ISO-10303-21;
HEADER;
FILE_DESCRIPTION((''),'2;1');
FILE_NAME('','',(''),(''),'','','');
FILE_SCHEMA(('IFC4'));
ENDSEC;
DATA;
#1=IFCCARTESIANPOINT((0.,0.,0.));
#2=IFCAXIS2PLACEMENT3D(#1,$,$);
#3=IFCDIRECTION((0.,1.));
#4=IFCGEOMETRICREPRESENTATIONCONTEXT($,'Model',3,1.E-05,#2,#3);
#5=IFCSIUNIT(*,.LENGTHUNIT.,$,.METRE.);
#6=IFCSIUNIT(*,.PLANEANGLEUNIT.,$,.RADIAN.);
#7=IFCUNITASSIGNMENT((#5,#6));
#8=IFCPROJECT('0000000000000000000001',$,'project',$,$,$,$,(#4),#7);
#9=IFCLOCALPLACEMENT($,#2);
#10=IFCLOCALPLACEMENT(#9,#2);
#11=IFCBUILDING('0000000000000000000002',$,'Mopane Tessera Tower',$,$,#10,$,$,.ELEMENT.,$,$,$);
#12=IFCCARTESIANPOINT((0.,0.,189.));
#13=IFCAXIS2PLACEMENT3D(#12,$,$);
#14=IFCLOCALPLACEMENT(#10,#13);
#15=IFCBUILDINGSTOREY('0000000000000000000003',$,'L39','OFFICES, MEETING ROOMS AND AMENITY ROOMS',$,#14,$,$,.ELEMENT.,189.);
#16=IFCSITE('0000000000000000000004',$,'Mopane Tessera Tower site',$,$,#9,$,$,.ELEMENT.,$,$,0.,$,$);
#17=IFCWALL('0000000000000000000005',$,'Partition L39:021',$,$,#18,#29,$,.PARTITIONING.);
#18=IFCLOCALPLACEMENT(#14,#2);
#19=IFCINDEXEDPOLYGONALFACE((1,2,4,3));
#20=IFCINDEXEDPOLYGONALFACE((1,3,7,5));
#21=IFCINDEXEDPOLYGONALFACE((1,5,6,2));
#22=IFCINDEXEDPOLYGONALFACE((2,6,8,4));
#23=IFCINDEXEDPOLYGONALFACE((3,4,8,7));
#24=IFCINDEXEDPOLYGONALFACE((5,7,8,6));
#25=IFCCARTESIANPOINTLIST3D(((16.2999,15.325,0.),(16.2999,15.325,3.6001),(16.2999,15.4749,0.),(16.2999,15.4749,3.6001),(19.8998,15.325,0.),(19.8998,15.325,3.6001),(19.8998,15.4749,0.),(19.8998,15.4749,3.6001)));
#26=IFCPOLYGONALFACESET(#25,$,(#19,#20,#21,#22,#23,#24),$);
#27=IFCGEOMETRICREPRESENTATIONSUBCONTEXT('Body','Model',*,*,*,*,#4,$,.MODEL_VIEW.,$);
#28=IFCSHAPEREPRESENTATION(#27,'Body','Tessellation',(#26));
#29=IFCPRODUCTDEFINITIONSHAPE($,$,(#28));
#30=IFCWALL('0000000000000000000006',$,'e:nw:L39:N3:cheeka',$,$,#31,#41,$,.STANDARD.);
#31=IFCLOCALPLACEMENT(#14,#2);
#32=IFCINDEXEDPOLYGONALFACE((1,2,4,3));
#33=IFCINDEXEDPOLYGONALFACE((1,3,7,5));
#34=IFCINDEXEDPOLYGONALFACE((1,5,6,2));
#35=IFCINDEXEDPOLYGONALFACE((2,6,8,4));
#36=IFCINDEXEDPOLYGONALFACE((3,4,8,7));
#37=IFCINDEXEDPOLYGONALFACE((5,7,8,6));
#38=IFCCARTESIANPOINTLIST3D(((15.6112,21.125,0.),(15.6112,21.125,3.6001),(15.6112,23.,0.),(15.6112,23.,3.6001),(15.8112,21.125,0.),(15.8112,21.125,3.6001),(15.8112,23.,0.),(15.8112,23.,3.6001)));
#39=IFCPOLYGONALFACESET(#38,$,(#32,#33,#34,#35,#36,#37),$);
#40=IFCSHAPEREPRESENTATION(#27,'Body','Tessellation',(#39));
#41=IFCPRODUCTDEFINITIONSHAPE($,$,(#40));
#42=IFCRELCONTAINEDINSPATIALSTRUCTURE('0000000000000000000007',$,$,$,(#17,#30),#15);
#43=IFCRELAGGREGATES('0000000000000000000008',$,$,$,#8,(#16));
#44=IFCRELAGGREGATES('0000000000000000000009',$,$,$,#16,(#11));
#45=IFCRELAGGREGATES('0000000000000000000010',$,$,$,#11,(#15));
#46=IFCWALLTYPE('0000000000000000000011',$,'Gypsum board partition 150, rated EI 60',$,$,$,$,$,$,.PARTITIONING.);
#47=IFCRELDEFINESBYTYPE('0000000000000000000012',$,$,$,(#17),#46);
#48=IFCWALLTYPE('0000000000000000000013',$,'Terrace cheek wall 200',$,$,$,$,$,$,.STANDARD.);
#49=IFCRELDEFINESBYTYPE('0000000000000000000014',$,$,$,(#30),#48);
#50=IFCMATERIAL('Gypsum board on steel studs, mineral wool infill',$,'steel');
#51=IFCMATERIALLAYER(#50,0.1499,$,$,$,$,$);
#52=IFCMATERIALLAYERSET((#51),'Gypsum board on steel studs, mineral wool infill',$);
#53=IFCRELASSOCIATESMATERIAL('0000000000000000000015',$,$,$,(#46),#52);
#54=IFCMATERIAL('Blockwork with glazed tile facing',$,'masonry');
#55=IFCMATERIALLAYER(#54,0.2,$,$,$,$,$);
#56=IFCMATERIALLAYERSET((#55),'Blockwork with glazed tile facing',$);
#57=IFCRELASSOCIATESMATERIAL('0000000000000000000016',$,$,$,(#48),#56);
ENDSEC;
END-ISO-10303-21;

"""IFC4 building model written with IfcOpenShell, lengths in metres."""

from ifc_helpers import new_model, si_unit, direction, frame, frame_2d, origin, place, context, subcontext, project, spatial, rectangle, extrude, material, layer, layer_set, type_object, element, save


model = new_model("IFC4")

# Units and contexts
model_context = context("Model", 3, precision=1e-05, world=origin(), true_north=direction((0.0, 1.0)))
body_context = subcontext(model_context, "Body", "Model", "MODEL_VIEW")
ifc_project = project(units=[si_unit("LENGTHUNIT", "METRE"), si_unit("PLANEANGLEUNIT", "RADIAN")], contexts=[model_context])

# Site, building, storey
site_placement = place(None, origin())
site = spatial("IfcSite", under=ifc_project, at=site_placement, Name="Mopane Tessera Tower site", CompositionType="ELEMENT", RefElevation=0.0)
building_placement = place(site_placement, origin())
building = spatial("IfcBuilding", under=site, at=building_placement, Name="Mopane Tessera Tower", CompositionType="ELEMENT")
storey_placement = place(building_placement, frame((0.0, 0.0, 189.0)))
storey = spatial("IfcBuildingStorey", under=building, at=storey_placement, Name="L39", Description="OFFICES, MEETING ROOMS AND AMENITY ROOMS", CompositionType="ELEMENT", Elevation=189.0)

# Walls
ifc_material_1 = material(Name="Gypsum board on steel studs, mineral wool infill", Category="steel")
ifc_layer_1 = layer(ifc_material_1, 0.1499)
ifc_layer_set_1 = layer_set([ifc_layer_1], Name="Gypsum board on steel studs, mineral wool infill")
wall_type_1 = type_object("IfcWallType", Name="Gypsum board partition 150, rated EI 60", PredefinedType="PARTITIONING", material=ifc_layer_set_1)
wall_1_placement = place(storey_placement, frame((16.3, 15.3999, 0.0), z_axis=(0.0, 0.0, 1.0), x_axis=(1.0, 0.0, 0.0)))
element("IfcWall", 1, at=wall_1_placement, inside=storey, type_object=wall_type_1, Name="Partition L39:021", PredefinedType="PARTITIONING", context=body_context, shape_type="SweptSolid", body=[
    extrude(rectangle(XDim=3.5999, YDim=0.1499, at=frame_2d((1.7998, 0.0))), origin(), (0.0, 0.0, 1.0), 3.6001),
])
ifc_material_2 = material(Name="Blockwork with glazed tile facing", Category="masonry")
ifc_layer_2 = layer(ifc_material_2, 0.2)
ifc_layer_set_2 = layer_set([ifc_layer_2], Name="Blockwork with glazed tile facing")
wall_type_2 = type_object("IfcWallType", Name="Terrace cheek wall 200", PredefinedType="STANDARD", material=ifc_layer_set_2)
wall_2_placement = place(storey_placement, frame((15.7112, 23.0, 0.0), z_axis=(0.0, 0.0, 1.0), x_axis=(0.0, -1.0, 0.0)))
element("IfcWall", 2, at=wall_2_placement, inside=storey, type_object=wall_type_2, Name="e:nw:L39:N3:cheeka", PredefinedType="STANDARD", context=body_context, shape_type="SweptSolid", body=[
    extrude(rectangle(XDim=1.875, YDim=0.2, at=frame_2d((0.9375, 0.0))), origin(), (0.0, 0.0, 1.0), 3.6001),
])

save(model, "model.ifc")
